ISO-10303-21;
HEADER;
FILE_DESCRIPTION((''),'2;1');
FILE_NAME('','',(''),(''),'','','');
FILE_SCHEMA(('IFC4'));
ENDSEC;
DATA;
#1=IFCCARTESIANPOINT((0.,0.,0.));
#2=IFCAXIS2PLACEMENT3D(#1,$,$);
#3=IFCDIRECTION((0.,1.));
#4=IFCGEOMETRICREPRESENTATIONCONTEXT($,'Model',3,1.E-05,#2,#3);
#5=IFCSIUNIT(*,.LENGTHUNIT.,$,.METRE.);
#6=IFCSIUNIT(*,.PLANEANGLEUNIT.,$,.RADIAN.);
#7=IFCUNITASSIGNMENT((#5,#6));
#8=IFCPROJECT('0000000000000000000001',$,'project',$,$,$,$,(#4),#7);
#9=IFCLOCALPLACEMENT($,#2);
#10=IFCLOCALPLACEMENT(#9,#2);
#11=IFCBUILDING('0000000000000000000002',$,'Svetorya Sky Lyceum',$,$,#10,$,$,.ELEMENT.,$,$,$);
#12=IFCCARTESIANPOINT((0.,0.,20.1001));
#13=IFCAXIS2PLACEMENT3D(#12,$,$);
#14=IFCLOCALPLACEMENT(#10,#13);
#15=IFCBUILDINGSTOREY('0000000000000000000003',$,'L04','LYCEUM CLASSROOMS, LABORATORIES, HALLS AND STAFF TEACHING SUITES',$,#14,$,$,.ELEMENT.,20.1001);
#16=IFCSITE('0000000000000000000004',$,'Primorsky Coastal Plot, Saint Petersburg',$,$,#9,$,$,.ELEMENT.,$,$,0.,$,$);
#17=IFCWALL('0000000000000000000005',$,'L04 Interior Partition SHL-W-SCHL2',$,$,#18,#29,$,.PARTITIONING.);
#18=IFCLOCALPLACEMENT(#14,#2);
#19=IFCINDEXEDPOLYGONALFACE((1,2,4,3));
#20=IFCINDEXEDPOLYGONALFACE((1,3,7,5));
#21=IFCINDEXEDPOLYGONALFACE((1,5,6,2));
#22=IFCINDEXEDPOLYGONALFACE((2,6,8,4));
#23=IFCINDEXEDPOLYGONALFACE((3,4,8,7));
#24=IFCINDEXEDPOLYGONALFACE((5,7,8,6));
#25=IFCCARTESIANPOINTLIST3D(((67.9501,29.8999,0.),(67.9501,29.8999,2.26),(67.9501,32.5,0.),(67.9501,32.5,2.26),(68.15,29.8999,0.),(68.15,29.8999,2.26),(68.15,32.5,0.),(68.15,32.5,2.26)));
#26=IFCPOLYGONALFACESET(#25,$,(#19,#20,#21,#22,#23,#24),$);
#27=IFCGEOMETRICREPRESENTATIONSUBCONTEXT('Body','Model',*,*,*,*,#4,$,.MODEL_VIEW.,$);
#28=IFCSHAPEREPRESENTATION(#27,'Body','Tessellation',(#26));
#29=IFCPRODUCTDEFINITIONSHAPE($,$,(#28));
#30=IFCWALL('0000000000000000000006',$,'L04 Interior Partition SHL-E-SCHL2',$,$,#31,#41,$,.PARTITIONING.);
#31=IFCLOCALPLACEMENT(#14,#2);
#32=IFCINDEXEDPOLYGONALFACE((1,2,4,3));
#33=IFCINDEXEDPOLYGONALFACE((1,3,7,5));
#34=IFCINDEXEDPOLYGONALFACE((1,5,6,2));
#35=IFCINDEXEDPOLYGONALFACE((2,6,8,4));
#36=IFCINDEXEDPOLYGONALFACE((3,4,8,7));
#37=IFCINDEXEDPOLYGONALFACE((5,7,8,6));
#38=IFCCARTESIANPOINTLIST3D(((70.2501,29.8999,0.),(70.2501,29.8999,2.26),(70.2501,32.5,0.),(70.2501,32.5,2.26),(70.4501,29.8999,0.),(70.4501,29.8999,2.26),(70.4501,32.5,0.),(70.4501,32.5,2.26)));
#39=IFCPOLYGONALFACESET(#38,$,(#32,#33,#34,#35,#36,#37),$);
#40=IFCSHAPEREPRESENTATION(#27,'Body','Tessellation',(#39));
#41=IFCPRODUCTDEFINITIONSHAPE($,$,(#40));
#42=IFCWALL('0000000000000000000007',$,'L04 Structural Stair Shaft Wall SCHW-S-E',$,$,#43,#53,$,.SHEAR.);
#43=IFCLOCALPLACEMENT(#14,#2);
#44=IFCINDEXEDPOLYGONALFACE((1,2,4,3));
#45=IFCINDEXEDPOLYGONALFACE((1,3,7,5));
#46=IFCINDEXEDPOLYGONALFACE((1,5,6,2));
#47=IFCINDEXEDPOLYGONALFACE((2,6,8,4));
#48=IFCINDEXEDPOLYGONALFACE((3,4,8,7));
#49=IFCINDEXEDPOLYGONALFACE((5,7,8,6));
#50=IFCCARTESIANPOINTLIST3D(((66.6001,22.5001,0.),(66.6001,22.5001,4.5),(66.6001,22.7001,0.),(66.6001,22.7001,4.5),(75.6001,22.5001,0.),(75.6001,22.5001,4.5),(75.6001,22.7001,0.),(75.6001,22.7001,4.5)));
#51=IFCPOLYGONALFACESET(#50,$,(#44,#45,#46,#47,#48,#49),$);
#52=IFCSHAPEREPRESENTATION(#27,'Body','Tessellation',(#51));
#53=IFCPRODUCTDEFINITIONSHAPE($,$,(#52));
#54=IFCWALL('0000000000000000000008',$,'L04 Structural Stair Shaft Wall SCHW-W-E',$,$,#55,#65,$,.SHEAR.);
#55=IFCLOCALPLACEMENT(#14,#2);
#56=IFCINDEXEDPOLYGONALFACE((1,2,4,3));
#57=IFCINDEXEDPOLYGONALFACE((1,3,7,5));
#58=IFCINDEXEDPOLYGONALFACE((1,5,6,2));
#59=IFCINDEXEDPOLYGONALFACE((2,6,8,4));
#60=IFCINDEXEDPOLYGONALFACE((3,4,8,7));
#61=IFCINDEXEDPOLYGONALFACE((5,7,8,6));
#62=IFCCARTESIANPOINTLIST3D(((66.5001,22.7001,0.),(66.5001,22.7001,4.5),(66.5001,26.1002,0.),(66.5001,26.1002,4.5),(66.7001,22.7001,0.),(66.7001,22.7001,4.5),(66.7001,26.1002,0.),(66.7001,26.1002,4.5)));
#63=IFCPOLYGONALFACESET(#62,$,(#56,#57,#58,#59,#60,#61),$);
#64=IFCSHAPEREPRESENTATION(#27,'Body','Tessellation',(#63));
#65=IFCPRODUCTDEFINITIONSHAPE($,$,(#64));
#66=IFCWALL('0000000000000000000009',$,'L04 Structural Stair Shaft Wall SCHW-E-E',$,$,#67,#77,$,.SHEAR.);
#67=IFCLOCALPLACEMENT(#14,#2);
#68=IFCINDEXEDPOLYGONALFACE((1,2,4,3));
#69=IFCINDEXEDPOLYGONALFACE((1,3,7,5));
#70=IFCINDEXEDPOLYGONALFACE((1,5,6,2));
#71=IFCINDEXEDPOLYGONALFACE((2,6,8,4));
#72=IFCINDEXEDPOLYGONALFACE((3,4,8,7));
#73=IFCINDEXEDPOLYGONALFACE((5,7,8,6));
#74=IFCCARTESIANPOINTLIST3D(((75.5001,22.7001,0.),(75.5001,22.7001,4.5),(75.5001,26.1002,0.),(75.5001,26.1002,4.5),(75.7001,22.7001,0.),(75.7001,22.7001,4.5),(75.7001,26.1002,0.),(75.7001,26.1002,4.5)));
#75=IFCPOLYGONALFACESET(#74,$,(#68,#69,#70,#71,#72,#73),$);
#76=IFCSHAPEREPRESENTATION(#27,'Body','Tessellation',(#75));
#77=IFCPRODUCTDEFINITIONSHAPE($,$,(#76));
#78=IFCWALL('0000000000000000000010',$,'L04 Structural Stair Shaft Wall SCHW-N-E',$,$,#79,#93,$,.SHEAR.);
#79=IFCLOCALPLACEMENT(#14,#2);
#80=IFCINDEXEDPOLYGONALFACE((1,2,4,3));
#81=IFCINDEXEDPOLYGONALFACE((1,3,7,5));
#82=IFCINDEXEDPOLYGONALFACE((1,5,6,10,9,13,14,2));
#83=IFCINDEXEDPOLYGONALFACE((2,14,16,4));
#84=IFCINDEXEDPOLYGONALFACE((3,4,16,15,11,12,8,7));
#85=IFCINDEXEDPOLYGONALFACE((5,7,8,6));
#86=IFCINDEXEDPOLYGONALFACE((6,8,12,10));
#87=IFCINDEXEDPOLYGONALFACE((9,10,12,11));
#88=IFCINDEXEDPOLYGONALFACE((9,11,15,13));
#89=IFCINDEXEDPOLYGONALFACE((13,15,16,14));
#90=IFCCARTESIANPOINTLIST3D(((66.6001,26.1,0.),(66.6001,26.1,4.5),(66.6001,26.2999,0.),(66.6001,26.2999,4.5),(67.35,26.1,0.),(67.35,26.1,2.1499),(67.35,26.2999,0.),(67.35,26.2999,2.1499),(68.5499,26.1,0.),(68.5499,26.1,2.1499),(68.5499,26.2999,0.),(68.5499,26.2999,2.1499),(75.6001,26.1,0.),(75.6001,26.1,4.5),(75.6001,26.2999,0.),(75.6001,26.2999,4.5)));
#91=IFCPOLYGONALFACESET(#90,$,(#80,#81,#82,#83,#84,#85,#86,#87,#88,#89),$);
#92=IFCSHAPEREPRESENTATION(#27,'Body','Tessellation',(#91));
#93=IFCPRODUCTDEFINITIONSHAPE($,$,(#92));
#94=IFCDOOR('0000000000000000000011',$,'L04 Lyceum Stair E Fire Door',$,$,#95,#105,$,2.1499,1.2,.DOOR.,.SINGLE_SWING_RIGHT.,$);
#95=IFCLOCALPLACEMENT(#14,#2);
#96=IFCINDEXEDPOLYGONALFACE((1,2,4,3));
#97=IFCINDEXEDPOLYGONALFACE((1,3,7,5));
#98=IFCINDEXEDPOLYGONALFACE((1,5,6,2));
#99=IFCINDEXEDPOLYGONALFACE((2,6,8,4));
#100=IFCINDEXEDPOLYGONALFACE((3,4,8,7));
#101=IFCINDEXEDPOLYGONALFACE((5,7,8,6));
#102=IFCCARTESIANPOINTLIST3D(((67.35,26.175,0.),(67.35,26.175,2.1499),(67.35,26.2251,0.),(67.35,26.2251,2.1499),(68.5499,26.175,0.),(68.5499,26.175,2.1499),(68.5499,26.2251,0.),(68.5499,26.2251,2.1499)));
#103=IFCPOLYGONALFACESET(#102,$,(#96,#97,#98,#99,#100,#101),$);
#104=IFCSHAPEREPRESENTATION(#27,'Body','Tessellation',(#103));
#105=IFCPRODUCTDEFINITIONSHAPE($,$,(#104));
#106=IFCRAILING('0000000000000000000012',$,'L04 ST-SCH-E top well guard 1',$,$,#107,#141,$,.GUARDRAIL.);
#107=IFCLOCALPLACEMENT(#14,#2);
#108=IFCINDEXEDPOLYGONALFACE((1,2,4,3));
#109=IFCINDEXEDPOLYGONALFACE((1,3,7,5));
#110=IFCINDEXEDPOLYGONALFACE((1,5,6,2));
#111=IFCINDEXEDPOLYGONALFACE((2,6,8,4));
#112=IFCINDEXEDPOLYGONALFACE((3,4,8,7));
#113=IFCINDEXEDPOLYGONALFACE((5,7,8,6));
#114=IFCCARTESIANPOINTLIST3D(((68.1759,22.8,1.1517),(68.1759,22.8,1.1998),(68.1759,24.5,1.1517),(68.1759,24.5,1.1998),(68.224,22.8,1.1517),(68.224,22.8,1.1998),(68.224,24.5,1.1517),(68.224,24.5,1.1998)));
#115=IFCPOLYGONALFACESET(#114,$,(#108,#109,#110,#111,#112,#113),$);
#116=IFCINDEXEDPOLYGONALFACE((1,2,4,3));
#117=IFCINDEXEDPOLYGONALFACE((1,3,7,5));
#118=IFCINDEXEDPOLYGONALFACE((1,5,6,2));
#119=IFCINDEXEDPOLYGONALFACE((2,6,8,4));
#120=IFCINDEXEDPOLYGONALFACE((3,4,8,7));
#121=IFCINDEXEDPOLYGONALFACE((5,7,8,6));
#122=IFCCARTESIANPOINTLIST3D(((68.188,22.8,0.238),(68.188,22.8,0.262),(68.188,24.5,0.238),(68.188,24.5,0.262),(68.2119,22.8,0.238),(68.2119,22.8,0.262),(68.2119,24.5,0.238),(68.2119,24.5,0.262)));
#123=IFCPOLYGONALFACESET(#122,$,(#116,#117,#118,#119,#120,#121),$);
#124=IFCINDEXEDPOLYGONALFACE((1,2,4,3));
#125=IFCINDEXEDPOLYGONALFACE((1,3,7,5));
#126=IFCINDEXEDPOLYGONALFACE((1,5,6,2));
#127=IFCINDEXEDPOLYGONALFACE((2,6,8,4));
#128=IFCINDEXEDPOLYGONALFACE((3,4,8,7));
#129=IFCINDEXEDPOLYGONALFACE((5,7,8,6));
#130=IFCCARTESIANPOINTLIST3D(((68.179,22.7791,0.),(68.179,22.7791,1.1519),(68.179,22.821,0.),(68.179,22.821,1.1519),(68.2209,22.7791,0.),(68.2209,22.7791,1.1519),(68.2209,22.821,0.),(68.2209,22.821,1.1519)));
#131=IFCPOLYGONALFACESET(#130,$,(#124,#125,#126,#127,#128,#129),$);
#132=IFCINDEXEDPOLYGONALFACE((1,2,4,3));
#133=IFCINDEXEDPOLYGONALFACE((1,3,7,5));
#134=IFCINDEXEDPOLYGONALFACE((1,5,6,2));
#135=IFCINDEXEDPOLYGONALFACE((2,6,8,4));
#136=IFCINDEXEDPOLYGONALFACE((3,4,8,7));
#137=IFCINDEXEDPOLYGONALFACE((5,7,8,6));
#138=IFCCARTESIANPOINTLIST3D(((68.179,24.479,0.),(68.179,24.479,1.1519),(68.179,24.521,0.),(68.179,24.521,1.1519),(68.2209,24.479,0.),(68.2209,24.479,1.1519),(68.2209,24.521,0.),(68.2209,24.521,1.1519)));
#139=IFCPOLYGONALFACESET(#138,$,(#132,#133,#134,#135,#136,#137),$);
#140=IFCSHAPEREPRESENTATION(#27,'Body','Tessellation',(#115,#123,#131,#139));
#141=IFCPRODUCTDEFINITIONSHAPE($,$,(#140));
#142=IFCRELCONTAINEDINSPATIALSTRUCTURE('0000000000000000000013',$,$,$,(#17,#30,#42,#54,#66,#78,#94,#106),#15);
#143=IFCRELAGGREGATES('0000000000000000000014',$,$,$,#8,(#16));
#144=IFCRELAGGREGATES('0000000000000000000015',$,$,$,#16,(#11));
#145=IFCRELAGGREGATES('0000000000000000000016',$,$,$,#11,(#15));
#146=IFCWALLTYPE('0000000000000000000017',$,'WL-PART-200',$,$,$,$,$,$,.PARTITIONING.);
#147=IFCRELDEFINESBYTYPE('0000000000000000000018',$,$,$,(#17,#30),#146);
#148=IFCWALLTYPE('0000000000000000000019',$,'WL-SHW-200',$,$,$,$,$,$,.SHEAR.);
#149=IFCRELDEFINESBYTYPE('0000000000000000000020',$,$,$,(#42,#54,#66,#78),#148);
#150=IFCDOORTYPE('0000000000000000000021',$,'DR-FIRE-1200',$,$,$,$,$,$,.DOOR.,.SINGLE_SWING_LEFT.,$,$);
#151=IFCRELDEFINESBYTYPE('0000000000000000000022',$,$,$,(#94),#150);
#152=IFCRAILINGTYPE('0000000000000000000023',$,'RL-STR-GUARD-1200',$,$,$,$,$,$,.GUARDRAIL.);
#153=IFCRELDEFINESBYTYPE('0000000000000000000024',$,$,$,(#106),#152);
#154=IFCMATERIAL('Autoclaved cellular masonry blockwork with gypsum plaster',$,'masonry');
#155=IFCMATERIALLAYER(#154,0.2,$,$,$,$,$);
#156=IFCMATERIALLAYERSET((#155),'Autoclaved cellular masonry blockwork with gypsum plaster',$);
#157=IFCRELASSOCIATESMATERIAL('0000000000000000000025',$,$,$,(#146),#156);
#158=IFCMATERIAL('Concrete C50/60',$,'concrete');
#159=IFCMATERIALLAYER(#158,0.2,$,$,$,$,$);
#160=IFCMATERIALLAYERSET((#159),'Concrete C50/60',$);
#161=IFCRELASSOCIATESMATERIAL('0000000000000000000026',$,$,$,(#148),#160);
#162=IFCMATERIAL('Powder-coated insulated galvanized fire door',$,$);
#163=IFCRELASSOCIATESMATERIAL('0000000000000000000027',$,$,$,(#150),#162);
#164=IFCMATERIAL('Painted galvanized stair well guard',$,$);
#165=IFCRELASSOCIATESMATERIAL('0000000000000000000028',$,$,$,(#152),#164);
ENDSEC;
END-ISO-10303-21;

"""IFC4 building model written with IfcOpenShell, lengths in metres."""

from ifc_helpers import new_model, si_unit, direction, frame, frame_2d, origin, origin_2d, place, context, subcontext, project, spatial, rectangle, extrude, material, layer, layer_set, type_object, element, fill, save


model = new_model("IFC4")

# Units and contexts
model_context = context("Model", 3, precision=1e-05, world=origin(), true_north=direction((0.0, 1.0)))
body_context = subcontext(model_context, "Body", "Model", "MODEL_VIEW")
ifc_project = project(units=[si_unit("LENGTHUNIT", "METRE"), si_unit("PLANEANGLEUNIT", "RADIAN")], contexts=[model_context])

# Site, building, storey
site_placement = place(None, origin())
site = spatial("IfcSite", under=ifc_project, at=site_placement, Name="Primorsky Coastal Plot, Saint Petersburg", CompositionType="ELEMENT", RefElevation=0.0)
building_placement = place(site_placement, origin())
building = spatial("IfcBuilding", under=site, at=building_placement, Name="Svetorya Sky Lyceum", CompositionType="ELEMENT")
storey_placement = place(building_placement, frame((0.0, 0.0, 20.1001)))
storey = spatial("IfcBuildingStorey", under=building, at=storey_placement, Name="L04", Description="LYCEUM CLASSROOMS, LABORATORIES, HALLS AND STAFF TEACHING SUITES", CompositionType="ELEMENT", Elevation=20.1001)

# Shared definitions
ifc_material_1 = material(Name="Concrete C50/60", Category="concrete")

# Walls
ifc_material_2 = material(Name="Autoclaved cellular masonry blockwork with gypsum plaster", Category="masonry")
ifc_layer_1 = layer(ifc_material_2, 0.2)
ifc_layer_set_1 = layer_set([ifc_layer_1], Name="Autoclaved cellular masonry blockwork with gypsum plaster")
wall_type_1 = type_object("IfcWallType", Name="WL-PART-200", PredefinedType="PARTITIONING", material=ifc_layer_set_1)
for number, where, z_axis, x_axis, name in (
    (1, (68.05, 29.8999, 0.0), (0.0, 0.0, 1.0), (0.0, 1.0, 0.0), "L04 Interior Partition SHL-W-SCHL2"),
    (2, (70.3501, 29.8999, 0.0), (0.0, 0.0, 1.0), (0.0, 1.0, 0.0), "L04 Interior Partition SHL-E-SCHL2"),
):
    element("IfcWall", number, at=place(storey_placement, frame(where, z_axis=z_axis, x_axis=x_axis)), inside=storey, type_object=wall_type_1, Name=name, PredefinedType="PARTITIONING", context=body_context, shape_type="SweptSolid", body=[
        extrude(rectangle(XDim=2.6001, YDim=0.2, at=frame_2d((1.3, 0.0))), origin(), (0.0, 0.0, 1.0), 2.26),
    ])

# Walls
ifc_layer_2 = layer(ifc_material_1, 0.2)
ifc_layer_set_2 = layer_set([ifc_layer_2], Name="Concrete C50/60")
wall_type_2 = type_object("IfcWallType", Name="WL-SHW-200", PredefinedType="SHEAR", material=ifc_layer_set_2)
wall_1_placement = place(storey_placement, frame((66.6001, 22.6001, 0.0), z_axis=(0.0, 0.0, 1.0), x_axis=(1.0, 0.0, 0.0)))
element("IfcWall", 3, at=wall_1_placement, inside=storey, type_object=wall_type_2, Name="L04 Structural Stair Shaft Wall SCHW-S-E", PredefinedType="SHEAR", context=body_context, shape_type="SweptSolid", body=[
    extrude(rectangle(XDim=9.0, YDim=0.2, at=frame_2d((4.5, 0.0))), origin(), (0.0, 0.0, 1.0), 4.5),
])
for number, where, z_axis, x_axis, name in (
    (4, (66.6001, 22.7, 0.0), (0.0, 0.0, 1.0), (0.0, 1.0, 0.0), "L04 Structural Stair Shaft Wall SCHW-W-E"),
    (5, (75.6001, 22.7, 0.0), (0.0, 0.0, 1.0), (0.0, 1.0, 0.0), "L04 Structural Stair Shaft Wall SCHW-E-E"),
):
    element("IfcWall", number, at=place(storey_placement, frame(where, z_axis=z_axis, x_axis=x_axis)), inside=storey, type_object=wall_type_2, Name=name, PredefinedType="SHEAR", context=body_context, shape_type="SweptSolid", body=[
        extrude(rectangle(XDim=3.4001, YDim=0.2, at=frame_2d((1.7002, 0.0))), origin(), (0.0, 0.0, 1.0), 4.5),
    ])

# Wall, opening, door
wall_2_placement = place(storey_placement, frame((75.6001, 26.2, 0.0), z_axis=(0.0, 0.0, 1.0), x_axis=(-1.0, 0.0, 0.0)))
wall_2 = element("IfcWall", 6, at=wall_2_placement, inside=storey, type_object=wall_type_2, Name="L04 Structural Stair Shaft Wall SCHW-N-E", PredefinedType="SHEAR", context=body_context, shape_type="SweptSolid", body=[
    extrude(rectangle(XDim=9.0, YDim=0.2, at=frame_2d((4.5, 0.0))), origin(), (0.0, 0.0, 1.0), 4.5),
])
opening_1_placement = place(wall_2_placement, frame((7.05, 0.0, 0.0)))
opening_1 = element("IfcOpeningElement", 7, at=opening_1_placement, cuts=wall_2, PredefinedType="OPENING", context=body_context, shape_type="SweptSolid", body=[
    extrude(rectangle(XDim=1.2, YDim=2.1499, at=frame_2d((0.6001, 1.075))), frame((0.0, 0.1099, 0.0), z_axis=(0.0, -1.0, 0.0), x_axis=(1.0, 0.0, 0.0)), (0.0, 0.0, 1.0), 0.22),
])
ifc_material_3 = material(Name="Powder-coated insulated galvanized fire door")
door_type_1 = type_object("IfcDoorType", Name="DR-FIRE-1200", OperationType="SINGLE_SWING_LEFT", PredefinedType="DOOR", material=ifc_material_3)
door_1_placement = place(opening_1_placement, origin())
door_1 = element("IfcDoor", 8, at=door_1_placement, inside=storey, type_object=door_type_1, Name="L04 Lyceum Stair E Fire Door", OperationType="SINGLE_SWING_RIGHT", OverallHeight=2.1499, OverallWidth=1.2, PredefinedType="DOOR", context=body_context, shape_type="SweptSolid", body=[
    extrude(rectangle(XDim=1.2, YDim=2.1499, at=frame_2d((0.6001, 1.075))), frame((0.0, 0.0249, 0.0), z_axis=(0.0, -1.0, 0.0), x_axis=(1.0, 0.0, 0.0)), (0.0, 0.0, 1.0), 0.05),
])
fill(opening_1, door_1)

# Railing
ifc_material_4 = material(Name="Painted galvanized stair well guard")
railing_type = type_object("IfcRailingType", Name="RL-STR-GUARD-1200", PredefinedType="GUARDRAIL", material=ifc_material_4)
railing_placement = place(storey_placement, frame((68.2, 22.8, 0.0)))
element("IfcRailing", 9, at=railing_placement, inside=storey, type_object=railing_type, Name="L04 ST-SCH-E top well guard 1", PredefinedType="GUARDRAIL", context=body_context, shape_type="SweptSolid", body=[
    extrude(rectangle(XDim=0.0481, YDim=0.0481, at=origin_2d()), frame((0.0, 0.0, 1.1758), z_axis=(0.0, 1.0, 0.0), x_axis=(-1.0, 0.0, 0.0)), (0.0, 0.0, 1.0), 1.7),
    extrude(rectangle(XDim=0.0239, YDim=0.0239, at=origin_2d()), frame((0.0, 0.0, 0.25), z_axis=(0.0, 1.0, 0.0), x_axis=(-1.0, 0.0, 0.0)), (0.0, 0.0, 1.0), 1.7),
    extrude(rectangle(XDim=0.042, YDim=0.042, at=origin_2d()), origin(), (0.0, 0.0, 1.0), 1.1519),
    extrude(rectangle(XDim=0.042, YDim=0.042, at=origin_2d()), frame((0.0, 1.7, 0.0)), (0.0, 0.0, 1.0), 1.1519),
])

save(model, "model.ifc")
